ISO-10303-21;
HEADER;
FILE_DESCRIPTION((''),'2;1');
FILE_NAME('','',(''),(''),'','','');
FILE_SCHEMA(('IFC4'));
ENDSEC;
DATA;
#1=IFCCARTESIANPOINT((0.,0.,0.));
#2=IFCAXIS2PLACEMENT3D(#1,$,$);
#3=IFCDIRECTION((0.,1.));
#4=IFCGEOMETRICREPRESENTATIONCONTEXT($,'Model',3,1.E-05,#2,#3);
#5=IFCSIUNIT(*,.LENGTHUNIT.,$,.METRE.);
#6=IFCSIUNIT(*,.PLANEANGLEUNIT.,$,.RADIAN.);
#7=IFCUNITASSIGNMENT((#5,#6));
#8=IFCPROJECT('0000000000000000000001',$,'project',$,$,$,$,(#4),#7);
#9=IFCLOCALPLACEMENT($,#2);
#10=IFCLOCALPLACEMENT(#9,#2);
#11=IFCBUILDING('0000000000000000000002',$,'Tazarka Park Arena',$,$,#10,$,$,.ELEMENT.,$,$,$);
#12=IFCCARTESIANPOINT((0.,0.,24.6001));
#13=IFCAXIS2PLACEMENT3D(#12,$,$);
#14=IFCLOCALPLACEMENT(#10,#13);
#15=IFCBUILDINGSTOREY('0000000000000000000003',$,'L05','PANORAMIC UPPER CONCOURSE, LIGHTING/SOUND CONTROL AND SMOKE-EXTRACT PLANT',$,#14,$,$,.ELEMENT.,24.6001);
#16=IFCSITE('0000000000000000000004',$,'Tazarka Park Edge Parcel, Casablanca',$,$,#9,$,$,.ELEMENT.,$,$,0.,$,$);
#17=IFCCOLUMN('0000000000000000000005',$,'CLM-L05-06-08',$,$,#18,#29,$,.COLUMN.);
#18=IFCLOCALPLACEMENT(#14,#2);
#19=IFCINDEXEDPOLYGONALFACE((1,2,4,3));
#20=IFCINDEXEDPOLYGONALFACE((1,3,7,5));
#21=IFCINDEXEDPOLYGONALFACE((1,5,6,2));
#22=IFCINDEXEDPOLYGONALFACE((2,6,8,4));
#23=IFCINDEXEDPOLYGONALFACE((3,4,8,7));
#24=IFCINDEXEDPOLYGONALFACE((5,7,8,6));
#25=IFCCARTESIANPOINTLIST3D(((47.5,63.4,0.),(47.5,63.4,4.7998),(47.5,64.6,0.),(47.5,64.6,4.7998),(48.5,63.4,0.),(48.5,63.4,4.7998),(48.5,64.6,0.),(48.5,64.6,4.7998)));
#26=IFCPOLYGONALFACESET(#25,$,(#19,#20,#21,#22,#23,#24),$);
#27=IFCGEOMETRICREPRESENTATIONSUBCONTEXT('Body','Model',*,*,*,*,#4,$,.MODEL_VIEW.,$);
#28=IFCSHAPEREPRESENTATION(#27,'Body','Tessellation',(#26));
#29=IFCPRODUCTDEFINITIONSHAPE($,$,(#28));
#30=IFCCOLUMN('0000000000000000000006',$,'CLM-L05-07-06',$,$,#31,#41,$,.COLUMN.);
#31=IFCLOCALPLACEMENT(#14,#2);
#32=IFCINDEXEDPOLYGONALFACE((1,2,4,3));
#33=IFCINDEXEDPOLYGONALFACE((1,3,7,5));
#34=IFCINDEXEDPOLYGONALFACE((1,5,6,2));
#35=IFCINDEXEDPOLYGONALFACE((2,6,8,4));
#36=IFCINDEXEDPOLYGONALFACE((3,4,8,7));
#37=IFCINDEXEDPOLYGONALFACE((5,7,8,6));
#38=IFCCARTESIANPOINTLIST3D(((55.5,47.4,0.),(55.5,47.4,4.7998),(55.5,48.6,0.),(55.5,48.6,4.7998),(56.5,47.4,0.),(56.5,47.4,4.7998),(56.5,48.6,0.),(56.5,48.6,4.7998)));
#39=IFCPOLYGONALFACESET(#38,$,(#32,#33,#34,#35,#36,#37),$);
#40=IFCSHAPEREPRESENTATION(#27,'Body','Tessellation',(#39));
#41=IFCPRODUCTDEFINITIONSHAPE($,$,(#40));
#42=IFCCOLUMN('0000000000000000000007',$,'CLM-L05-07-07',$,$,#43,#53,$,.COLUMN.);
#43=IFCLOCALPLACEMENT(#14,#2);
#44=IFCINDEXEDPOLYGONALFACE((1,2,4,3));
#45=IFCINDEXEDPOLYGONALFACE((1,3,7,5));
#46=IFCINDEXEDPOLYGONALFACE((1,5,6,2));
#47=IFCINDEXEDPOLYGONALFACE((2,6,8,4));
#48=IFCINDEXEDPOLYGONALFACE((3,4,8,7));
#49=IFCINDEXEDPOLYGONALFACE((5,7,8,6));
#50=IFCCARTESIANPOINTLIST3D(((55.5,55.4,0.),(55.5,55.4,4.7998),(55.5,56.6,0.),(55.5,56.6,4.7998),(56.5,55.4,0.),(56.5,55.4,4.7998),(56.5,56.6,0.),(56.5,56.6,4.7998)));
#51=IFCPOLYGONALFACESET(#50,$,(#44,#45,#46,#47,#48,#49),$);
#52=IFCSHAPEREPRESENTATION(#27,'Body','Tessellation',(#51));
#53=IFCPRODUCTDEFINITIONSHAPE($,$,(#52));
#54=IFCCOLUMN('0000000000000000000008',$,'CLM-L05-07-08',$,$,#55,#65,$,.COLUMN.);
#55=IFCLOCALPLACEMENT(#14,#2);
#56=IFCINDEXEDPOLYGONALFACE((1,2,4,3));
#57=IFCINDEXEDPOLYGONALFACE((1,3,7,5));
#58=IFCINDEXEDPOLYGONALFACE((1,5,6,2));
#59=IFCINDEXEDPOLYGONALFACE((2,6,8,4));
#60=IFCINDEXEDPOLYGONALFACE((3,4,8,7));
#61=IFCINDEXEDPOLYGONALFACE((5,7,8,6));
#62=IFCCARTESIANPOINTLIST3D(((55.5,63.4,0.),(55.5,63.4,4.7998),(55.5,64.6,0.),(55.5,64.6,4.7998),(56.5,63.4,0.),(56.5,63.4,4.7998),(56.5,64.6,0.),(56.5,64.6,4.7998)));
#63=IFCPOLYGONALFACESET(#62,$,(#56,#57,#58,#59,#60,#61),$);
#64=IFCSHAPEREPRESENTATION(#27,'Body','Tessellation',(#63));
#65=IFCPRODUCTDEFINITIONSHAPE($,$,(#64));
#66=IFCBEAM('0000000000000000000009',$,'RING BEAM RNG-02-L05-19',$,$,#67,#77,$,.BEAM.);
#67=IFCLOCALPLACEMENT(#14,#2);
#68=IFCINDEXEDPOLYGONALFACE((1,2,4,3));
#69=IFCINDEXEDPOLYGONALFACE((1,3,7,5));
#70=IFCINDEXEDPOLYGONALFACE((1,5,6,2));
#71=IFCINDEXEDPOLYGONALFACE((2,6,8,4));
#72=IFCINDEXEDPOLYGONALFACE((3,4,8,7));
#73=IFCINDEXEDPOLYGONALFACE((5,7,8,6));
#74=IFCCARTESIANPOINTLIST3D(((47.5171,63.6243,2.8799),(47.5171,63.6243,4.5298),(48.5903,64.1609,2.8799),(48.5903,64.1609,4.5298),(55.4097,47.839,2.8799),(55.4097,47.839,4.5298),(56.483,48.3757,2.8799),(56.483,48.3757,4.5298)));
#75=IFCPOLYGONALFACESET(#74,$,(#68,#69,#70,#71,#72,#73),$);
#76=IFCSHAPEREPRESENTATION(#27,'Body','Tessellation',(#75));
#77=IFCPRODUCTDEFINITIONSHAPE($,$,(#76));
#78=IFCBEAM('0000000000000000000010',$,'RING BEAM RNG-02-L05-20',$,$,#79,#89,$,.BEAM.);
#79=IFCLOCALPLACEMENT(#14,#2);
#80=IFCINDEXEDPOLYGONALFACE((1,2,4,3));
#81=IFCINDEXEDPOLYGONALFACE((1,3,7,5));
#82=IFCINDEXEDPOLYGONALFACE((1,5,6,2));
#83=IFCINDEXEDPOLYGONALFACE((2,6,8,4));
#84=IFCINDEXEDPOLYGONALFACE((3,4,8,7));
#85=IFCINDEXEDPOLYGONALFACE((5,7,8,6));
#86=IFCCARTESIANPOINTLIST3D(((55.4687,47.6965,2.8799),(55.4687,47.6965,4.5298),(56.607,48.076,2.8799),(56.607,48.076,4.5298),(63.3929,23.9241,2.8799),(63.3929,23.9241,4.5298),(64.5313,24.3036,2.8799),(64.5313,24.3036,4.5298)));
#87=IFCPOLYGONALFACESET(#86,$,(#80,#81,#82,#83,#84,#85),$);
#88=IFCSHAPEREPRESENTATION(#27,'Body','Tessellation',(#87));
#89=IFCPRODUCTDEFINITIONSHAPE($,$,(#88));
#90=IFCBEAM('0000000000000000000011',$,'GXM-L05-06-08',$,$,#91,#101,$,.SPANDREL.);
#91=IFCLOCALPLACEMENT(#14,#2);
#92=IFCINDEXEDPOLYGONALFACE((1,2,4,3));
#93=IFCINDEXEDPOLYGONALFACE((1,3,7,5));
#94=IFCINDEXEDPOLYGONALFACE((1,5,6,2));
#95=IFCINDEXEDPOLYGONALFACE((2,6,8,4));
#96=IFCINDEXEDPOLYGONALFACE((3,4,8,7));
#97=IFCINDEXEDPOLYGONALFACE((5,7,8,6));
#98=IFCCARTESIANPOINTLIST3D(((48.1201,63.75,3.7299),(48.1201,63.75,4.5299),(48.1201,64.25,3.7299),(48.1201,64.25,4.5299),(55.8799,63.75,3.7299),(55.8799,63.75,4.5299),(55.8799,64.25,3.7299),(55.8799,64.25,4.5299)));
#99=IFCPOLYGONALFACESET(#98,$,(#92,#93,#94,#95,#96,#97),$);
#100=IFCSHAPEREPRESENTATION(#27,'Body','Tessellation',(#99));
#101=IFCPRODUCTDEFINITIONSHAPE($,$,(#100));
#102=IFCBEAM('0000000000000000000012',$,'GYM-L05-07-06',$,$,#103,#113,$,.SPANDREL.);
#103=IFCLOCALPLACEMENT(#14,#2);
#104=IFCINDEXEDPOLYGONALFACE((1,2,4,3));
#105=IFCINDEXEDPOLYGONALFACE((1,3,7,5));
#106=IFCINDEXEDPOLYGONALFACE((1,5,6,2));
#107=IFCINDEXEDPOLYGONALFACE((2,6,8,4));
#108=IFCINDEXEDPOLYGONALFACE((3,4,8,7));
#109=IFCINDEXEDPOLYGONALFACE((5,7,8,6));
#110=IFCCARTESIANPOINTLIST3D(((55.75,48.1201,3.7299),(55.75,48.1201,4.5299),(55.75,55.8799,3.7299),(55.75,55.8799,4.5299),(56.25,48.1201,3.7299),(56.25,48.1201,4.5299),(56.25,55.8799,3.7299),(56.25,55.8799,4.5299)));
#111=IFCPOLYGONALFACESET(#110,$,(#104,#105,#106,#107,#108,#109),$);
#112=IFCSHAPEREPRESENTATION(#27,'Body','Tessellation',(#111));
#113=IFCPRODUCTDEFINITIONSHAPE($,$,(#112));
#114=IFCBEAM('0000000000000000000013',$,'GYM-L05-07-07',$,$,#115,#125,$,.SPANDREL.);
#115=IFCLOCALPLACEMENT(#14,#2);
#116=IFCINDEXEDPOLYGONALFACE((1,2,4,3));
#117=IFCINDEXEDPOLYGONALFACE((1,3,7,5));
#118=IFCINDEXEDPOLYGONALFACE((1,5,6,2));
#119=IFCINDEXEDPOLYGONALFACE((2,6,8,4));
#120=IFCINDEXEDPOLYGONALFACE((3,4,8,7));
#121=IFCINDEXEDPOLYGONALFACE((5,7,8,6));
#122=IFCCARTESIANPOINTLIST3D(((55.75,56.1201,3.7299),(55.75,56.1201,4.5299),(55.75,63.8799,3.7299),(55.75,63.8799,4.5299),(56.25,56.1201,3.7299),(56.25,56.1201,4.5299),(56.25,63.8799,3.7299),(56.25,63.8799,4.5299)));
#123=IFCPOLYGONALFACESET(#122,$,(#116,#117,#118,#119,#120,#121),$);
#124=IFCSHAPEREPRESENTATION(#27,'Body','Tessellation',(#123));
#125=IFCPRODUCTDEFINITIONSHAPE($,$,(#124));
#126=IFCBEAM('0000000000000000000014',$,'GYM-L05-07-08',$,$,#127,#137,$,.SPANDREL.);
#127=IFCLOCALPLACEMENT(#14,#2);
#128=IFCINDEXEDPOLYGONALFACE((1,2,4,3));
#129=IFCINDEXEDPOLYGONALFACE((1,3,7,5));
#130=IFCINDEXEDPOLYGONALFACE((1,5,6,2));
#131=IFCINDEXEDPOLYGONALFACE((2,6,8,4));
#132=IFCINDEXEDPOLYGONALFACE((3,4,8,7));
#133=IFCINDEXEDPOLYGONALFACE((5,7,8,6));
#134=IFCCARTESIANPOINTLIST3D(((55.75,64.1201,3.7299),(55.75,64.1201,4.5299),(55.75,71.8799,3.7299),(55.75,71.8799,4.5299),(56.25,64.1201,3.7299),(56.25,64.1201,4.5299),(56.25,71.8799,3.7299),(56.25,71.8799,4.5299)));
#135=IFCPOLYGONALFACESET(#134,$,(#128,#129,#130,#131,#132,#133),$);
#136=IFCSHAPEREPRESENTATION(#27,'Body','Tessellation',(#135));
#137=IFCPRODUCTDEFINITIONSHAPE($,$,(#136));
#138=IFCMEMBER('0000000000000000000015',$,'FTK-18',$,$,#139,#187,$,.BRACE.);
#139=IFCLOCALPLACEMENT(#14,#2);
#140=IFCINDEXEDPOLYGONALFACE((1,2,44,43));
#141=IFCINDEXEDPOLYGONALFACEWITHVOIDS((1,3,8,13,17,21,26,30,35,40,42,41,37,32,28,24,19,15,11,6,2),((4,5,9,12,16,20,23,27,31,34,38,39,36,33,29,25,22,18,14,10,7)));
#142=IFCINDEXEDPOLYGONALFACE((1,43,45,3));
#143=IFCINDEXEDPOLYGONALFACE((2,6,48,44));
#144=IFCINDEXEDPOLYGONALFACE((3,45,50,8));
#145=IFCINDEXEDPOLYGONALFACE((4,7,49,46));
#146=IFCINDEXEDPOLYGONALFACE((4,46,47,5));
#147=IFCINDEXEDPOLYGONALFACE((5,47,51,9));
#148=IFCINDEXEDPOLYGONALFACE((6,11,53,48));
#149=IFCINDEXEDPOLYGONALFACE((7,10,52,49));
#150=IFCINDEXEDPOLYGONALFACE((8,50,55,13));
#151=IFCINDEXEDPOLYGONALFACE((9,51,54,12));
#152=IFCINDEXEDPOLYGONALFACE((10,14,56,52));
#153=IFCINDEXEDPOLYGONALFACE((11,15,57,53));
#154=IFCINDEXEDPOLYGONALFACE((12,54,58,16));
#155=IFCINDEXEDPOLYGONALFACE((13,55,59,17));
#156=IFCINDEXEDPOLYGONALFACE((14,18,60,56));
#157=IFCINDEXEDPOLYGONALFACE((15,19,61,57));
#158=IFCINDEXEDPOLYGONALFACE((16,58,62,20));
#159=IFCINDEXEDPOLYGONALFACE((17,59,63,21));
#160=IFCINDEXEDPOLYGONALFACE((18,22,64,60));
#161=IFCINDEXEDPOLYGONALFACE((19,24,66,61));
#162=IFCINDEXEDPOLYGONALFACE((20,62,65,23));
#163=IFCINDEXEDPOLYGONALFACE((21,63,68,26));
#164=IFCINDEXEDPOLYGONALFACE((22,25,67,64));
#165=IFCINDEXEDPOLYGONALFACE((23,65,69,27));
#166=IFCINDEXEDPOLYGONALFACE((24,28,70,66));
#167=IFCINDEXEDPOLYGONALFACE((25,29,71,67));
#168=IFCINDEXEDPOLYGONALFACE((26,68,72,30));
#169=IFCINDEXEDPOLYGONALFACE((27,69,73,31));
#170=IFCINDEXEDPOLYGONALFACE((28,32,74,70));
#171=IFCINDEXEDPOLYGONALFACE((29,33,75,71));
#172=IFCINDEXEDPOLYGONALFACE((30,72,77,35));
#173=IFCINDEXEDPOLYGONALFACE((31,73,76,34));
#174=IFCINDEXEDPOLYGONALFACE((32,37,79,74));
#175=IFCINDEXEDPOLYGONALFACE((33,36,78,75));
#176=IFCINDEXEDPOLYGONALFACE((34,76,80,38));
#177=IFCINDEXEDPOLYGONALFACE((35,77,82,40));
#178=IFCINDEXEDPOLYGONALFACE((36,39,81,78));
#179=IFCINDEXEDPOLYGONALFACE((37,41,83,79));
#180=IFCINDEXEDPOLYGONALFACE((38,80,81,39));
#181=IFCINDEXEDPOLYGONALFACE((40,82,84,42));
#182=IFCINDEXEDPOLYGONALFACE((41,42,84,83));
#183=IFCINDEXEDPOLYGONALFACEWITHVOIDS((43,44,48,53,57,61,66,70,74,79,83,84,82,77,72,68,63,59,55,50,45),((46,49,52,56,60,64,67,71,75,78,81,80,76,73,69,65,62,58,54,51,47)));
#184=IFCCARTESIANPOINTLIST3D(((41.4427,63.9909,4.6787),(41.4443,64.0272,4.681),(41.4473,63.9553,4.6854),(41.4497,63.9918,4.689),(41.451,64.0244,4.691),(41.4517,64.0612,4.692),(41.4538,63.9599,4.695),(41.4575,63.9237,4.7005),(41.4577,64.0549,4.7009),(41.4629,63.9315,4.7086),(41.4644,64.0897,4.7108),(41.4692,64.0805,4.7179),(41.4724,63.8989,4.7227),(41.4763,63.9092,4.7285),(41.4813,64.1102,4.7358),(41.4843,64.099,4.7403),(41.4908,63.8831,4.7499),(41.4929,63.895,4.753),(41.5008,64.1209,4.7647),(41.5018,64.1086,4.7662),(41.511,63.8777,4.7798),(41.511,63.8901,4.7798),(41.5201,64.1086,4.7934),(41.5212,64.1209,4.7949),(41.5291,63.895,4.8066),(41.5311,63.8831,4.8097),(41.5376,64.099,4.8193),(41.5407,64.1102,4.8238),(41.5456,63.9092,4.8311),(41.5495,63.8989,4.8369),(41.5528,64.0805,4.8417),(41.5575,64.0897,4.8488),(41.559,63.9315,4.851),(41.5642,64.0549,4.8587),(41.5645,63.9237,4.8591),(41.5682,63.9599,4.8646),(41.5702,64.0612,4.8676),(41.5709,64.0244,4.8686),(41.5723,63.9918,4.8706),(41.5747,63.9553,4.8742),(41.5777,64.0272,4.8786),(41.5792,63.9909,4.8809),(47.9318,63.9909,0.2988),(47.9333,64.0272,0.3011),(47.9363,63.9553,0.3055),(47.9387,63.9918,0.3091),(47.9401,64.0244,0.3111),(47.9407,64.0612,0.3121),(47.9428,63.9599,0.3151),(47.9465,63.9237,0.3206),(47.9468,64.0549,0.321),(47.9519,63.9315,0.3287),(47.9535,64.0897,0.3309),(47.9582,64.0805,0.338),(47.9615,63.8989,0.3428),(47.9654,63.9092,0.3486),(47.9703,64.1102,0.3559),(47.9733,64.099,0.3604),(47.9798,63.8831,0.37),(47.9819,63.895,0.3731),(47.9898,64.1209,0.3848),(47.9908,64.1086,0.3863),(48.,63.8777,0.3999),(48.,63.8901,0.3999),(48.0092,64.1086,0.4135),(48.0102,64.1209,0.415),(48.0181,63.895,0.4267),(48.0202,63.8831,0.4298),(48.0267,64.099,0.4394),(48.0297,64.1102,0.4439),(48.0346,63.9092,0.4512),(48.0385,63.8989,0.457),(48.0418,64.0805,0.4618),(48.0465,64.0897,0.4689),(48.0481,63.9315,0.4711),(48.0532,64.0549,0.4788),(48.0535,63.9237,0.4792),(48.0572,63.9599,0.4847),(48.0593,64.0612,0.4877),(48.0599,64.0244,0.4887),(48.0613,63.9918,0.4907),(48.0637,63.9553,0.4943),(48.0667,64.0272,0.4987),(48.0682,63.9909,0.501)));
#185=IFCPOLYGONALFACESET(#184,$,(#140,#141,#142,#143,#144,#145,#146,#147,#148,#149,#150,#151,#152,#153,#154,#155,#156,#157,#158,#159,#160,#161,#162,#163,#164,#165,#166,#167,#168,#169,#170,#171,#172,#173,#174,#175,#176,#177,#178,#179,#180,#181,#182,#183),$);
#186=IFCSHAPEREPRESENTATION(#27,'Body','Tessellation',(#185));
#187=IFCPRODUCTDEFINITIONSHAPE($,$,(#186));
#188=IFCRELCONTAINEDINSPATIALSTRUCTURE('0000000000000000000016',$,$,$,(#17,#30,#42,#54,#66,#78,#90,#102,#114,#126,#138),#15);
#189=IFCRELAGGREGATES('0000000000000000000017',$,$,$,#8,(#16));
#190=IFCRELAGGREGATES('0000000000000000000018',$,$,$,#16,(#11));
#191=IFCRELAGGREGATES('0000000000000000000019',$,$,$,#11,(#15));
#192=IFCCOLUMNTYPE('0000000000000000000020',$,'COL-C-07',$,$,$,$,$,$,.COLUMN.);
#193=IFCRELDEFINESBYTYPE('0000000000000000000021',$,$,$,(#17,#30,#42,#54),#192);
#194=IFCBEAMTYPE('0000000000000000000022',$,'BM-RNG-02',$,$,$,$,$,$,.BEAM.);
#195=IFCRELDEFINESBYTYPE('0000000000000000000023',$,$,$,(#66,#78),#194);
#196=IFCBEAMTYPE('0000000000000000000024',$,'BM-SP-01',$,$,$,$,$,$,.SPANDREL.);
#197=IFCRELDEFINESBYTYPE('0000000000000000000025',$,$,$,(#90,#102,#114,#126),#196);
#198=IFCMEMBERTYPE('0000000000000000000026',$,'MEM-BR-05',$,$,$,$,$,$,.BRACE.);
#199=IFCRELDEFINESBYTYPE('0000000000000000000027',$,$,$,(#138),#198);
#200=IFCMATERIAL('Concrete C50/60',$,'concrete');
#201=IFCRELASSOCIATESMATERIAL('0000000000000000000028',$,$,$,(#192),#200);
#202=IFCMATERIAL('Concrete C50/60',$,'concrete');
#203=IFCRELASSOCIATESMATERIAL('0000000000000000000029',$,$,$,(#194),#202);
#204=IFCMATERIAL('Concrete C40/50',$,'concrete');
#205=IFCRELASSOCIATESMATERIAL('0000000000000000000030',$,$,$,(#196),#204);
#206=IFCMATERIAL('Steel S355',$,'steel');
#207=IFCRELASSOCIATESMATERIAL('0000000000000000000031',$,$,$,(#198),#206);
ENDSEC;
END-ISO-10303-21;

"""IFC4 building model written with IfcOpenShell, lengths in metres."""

from ifc_helpers import new_model, si_unit, direction, frame, origin, origin_2d, place, context, subcontext, project, spatial, rectangle, hollow_circle, extrude, material, material_profile, profile_set, type_object, element, save


model = new_model("IFC4")

# Units and contexts
model_context = context("Model", 3, precision=1e-05, world=origin(), true_north=direction((0.0, 1.0)))
body_context = subcontext(model_context, "Body", "Model", "MODEL_VIEW")
ifc_project = project(units=[si_unit("LENGTHUNIT", "METRE"), si_unit("PLANEANGLEUNIT", "RADIAN")], contexts=[model_context])

# Site, building, storey
site_placement = place(None, origin())
site = spatial("IfcSite", under=ifc_project, at=site_placement, Name="Tazarka Park Edge Parcel, Casablanca", CompositionType="ELEMENT", RefElevation=0.0)
building_placement = place(site_placement, origin())
building = spatial("IfcBuilding", under=site, at=building_placement, Name="Tazarka Park Arena", CompositionType="ELEMENT")
storey_placement = place(building_placement, frame((0.0, 0.0, 24.6001)))
storey = spatial("IfcBuildingStorey", under=building, at=storey_placement, Name="L05", Description="PANORAMIC UPPER CONCOURSE, LIGHTING/SOUND CONTROL AND SMOKE-EXTRACT PLANT", CompositionType="ELEMENT", Elevation=24.6001)

# Columns
ifc_material_1 = material(Name="Concrete C50/60", Category="concrete")
ifc_material_profile_1 = material_profile(ifc_material_1, rectangle(XDim=1.0, YDim=1.2, at=origin_2d()), Name="Concrete C50/60")
ifc_profile_set_1 = profile_set([ifc_material_profile_1], Name="Concrete C50/60")
column_type = type_object("IfcColumnType", Name="COL-C-07", PredefinedType="COLUMN", material=ifc_profile_set_1)
for number, where, z_axis, x_axis, name in (
    (1, (48.0, 64.0, 0.0), (0.0, 0.0, 1.0), (1.0, 0.0, 0.0), "CLM-L05-06-08"),
    (2, (56.0, 48.0, 0.0), (0.0, 0.0, 1.0), (1.0, 0.0, 0.0), "CLM-L05-07-06"),
    (3, (56.0, 56.0, 0.0), (0.0, 0.0, 1.0), (1.0, 0.0, 0.0), "CLM-L05-07-07"),
    (4, (56.0, 64.0, 0.0), (0.0, 0.0, 1.0), (1.0, 0.0, 0.0), "CLM-L05-07-08"),
):
    element("IfcColumn", number, at=place(storey_placement, frame(where, z_axis=z_axis, x_axis=x_axis)), inside=storey, type_object=column_type, Name=name, PredefinedType="COLUMN", context=body_context, shape_type="SweptSolid", body=[
        extrude(rectangle(XDim=1.0, YDim=1.2, at=origin_2d()), origin(), (0.0, 0.0, 1.0), 4.7998),
    ])

# Beams
ifc_material_2 = material(Name="Concrete C50/60", Category="concrete")
ifc_material_profile_2 = material_profile(ifc_material_2, rectangle(XDim=1.2, YDim=1.6499, at=origin_2d()), Name="Concrete C50/60")
ifc_profile_set_2 = profile_set([ifc_material_profile_2], Name="Concrete C50/60")
beam_type_1 = type_object("IfcBeamType", Name="BM-RNG-02", PredefinedType="BEAM", material=ifc_profile_set_2)
beam_1_placement = place(storey_placement, frame((48.0537, 63.8926, 3.7048), z_axis=(0.447214, -0.894427, 0.0), x_axis=(0.894427, 0.447214, 0.0)))
element("IfcBeam", 5, at=beam_1_placement, inside=storey, type_object=beam_type_1, Name="RING BEAM RNG-02-L05-19", PredefinedType="BEAM", context=body_context, shape_type="SweptSolid", body=[
    extrude(rectangle(XDim=1.2, YDim=1.6499, at=origin_2d()), origin(), (0.0, 0.0, 1.0), 17.6484),
])
beam_2_placement = place(storey_placement, frame((56.0378, 47.8862, 3.7048), z_axis=(0.316234, -0.948681, 0.0), x_axis=(0.948681, 0.316234, 0.0)))
element("IfcBeam", 6, at=beam_2_placement, inside=storey, type_object=beam_type_1, Name="RING BEAM RNG-02-L05-20", PredefinedType="BEAM", context=body_context, shape_type="SweptSolid", body=[
    extrude(rectangle(XDim=1.2, YDim=1.6499, at=origin_2d()), origin(), (0.0, 0.0, 1.0), 25.0583),
])
ifc_material_3 = material(Name="Concrete C40/50", Category="concrete")
ifc_material_profile_3 = material_profile(ifc_material_3, rectangle(XDim=0.5, YDim=0.8, at=origin_2d()), Name="Concrete C40/50")
ifc_profile_set_3 = profile_set([ifc_material_profile_3], Name="Concrete C40/50")
beam_type_2 = type_object("IfcBeamType", Name="BM-SP-01", PredefinedType="SPANDREL", material=ifc_profile_set_3)
for number, where, z_axis, x_axis, name in (
    (7, (48.1201, 64.0, 4.1299), (1.0, 0.0, 0.0), (0.0, 1.0, 0.0), "GXM-L05-06-08"),
    (8, (56.0, 48.1201, 4.1299), (0.0, 1.0, 0.0), (-1.0, 0.0, 0.0), "GYM-L05-07-06"),
    (9, (56.0, 56.1201, 4.1299), (0.0, 1.0, 0.0), (-1.0, 0.0, 0.0), "GYM-L05-07-07"),
    (10, (56.0, 64.1201, 4.1299), (0.0, 1.0, 0.0), (-1.0, 0.0, 0.0), "GYM-L05-07-08"),
):
    element("IfcBeam", number, at=place(storey_placement, frame(where, z_axis=z_axis, x_axis=x_axis)), inside=storey, type_object=beam_type_2, Name=name, PredefinedType="SPANDREL", context=body_context, shape_type="SweptSolid", body=[
        extrude(rectangle(XDim=0.5, YDim=0.8, at=origin_2d()), origin(), (0.0, 0.0, 1.0), 7.7598),
    ])

# Member
ifc_material_4 = material(Name="Steel S355", Category="steel")
ifc_material_profile_4 = material_profile(ifc_material_4, hollow_circle(Radius=0.1223, WallThickness=0.0125, at=origin_2d()), Name="Steel S355")
ifc_profile_set_4 = profile_set([ifc_material_profile_4], Name="Steel S355")
member_type_1 = type_object("IfcMemberType", Name="MEM-BR-05", PredefinedType="BRACE", material=ifc_profile_set_4)
member_1_placement = place(storey_placement, frame((48.0, 64.0, 0.3999), z_axis=(-0.828861, 0.0, 0.559455), x_axis=(0.0, -1.0, 0.0)))
element("IfcMember", 11, at=member_1_placement, inside=storey, type_object=member_type_1, Name="FTK-18", PredefinedType="BRACE", context=body_context, shape_type="SweptSolid", body=[
    extrude(hollow_circle(Radius=0.1223, WallThickness=0.0125, at=origin_2d()), origin(), (0.0, 0.0, 1.0), 7.8289),
])

save(model, "model.ifc")
